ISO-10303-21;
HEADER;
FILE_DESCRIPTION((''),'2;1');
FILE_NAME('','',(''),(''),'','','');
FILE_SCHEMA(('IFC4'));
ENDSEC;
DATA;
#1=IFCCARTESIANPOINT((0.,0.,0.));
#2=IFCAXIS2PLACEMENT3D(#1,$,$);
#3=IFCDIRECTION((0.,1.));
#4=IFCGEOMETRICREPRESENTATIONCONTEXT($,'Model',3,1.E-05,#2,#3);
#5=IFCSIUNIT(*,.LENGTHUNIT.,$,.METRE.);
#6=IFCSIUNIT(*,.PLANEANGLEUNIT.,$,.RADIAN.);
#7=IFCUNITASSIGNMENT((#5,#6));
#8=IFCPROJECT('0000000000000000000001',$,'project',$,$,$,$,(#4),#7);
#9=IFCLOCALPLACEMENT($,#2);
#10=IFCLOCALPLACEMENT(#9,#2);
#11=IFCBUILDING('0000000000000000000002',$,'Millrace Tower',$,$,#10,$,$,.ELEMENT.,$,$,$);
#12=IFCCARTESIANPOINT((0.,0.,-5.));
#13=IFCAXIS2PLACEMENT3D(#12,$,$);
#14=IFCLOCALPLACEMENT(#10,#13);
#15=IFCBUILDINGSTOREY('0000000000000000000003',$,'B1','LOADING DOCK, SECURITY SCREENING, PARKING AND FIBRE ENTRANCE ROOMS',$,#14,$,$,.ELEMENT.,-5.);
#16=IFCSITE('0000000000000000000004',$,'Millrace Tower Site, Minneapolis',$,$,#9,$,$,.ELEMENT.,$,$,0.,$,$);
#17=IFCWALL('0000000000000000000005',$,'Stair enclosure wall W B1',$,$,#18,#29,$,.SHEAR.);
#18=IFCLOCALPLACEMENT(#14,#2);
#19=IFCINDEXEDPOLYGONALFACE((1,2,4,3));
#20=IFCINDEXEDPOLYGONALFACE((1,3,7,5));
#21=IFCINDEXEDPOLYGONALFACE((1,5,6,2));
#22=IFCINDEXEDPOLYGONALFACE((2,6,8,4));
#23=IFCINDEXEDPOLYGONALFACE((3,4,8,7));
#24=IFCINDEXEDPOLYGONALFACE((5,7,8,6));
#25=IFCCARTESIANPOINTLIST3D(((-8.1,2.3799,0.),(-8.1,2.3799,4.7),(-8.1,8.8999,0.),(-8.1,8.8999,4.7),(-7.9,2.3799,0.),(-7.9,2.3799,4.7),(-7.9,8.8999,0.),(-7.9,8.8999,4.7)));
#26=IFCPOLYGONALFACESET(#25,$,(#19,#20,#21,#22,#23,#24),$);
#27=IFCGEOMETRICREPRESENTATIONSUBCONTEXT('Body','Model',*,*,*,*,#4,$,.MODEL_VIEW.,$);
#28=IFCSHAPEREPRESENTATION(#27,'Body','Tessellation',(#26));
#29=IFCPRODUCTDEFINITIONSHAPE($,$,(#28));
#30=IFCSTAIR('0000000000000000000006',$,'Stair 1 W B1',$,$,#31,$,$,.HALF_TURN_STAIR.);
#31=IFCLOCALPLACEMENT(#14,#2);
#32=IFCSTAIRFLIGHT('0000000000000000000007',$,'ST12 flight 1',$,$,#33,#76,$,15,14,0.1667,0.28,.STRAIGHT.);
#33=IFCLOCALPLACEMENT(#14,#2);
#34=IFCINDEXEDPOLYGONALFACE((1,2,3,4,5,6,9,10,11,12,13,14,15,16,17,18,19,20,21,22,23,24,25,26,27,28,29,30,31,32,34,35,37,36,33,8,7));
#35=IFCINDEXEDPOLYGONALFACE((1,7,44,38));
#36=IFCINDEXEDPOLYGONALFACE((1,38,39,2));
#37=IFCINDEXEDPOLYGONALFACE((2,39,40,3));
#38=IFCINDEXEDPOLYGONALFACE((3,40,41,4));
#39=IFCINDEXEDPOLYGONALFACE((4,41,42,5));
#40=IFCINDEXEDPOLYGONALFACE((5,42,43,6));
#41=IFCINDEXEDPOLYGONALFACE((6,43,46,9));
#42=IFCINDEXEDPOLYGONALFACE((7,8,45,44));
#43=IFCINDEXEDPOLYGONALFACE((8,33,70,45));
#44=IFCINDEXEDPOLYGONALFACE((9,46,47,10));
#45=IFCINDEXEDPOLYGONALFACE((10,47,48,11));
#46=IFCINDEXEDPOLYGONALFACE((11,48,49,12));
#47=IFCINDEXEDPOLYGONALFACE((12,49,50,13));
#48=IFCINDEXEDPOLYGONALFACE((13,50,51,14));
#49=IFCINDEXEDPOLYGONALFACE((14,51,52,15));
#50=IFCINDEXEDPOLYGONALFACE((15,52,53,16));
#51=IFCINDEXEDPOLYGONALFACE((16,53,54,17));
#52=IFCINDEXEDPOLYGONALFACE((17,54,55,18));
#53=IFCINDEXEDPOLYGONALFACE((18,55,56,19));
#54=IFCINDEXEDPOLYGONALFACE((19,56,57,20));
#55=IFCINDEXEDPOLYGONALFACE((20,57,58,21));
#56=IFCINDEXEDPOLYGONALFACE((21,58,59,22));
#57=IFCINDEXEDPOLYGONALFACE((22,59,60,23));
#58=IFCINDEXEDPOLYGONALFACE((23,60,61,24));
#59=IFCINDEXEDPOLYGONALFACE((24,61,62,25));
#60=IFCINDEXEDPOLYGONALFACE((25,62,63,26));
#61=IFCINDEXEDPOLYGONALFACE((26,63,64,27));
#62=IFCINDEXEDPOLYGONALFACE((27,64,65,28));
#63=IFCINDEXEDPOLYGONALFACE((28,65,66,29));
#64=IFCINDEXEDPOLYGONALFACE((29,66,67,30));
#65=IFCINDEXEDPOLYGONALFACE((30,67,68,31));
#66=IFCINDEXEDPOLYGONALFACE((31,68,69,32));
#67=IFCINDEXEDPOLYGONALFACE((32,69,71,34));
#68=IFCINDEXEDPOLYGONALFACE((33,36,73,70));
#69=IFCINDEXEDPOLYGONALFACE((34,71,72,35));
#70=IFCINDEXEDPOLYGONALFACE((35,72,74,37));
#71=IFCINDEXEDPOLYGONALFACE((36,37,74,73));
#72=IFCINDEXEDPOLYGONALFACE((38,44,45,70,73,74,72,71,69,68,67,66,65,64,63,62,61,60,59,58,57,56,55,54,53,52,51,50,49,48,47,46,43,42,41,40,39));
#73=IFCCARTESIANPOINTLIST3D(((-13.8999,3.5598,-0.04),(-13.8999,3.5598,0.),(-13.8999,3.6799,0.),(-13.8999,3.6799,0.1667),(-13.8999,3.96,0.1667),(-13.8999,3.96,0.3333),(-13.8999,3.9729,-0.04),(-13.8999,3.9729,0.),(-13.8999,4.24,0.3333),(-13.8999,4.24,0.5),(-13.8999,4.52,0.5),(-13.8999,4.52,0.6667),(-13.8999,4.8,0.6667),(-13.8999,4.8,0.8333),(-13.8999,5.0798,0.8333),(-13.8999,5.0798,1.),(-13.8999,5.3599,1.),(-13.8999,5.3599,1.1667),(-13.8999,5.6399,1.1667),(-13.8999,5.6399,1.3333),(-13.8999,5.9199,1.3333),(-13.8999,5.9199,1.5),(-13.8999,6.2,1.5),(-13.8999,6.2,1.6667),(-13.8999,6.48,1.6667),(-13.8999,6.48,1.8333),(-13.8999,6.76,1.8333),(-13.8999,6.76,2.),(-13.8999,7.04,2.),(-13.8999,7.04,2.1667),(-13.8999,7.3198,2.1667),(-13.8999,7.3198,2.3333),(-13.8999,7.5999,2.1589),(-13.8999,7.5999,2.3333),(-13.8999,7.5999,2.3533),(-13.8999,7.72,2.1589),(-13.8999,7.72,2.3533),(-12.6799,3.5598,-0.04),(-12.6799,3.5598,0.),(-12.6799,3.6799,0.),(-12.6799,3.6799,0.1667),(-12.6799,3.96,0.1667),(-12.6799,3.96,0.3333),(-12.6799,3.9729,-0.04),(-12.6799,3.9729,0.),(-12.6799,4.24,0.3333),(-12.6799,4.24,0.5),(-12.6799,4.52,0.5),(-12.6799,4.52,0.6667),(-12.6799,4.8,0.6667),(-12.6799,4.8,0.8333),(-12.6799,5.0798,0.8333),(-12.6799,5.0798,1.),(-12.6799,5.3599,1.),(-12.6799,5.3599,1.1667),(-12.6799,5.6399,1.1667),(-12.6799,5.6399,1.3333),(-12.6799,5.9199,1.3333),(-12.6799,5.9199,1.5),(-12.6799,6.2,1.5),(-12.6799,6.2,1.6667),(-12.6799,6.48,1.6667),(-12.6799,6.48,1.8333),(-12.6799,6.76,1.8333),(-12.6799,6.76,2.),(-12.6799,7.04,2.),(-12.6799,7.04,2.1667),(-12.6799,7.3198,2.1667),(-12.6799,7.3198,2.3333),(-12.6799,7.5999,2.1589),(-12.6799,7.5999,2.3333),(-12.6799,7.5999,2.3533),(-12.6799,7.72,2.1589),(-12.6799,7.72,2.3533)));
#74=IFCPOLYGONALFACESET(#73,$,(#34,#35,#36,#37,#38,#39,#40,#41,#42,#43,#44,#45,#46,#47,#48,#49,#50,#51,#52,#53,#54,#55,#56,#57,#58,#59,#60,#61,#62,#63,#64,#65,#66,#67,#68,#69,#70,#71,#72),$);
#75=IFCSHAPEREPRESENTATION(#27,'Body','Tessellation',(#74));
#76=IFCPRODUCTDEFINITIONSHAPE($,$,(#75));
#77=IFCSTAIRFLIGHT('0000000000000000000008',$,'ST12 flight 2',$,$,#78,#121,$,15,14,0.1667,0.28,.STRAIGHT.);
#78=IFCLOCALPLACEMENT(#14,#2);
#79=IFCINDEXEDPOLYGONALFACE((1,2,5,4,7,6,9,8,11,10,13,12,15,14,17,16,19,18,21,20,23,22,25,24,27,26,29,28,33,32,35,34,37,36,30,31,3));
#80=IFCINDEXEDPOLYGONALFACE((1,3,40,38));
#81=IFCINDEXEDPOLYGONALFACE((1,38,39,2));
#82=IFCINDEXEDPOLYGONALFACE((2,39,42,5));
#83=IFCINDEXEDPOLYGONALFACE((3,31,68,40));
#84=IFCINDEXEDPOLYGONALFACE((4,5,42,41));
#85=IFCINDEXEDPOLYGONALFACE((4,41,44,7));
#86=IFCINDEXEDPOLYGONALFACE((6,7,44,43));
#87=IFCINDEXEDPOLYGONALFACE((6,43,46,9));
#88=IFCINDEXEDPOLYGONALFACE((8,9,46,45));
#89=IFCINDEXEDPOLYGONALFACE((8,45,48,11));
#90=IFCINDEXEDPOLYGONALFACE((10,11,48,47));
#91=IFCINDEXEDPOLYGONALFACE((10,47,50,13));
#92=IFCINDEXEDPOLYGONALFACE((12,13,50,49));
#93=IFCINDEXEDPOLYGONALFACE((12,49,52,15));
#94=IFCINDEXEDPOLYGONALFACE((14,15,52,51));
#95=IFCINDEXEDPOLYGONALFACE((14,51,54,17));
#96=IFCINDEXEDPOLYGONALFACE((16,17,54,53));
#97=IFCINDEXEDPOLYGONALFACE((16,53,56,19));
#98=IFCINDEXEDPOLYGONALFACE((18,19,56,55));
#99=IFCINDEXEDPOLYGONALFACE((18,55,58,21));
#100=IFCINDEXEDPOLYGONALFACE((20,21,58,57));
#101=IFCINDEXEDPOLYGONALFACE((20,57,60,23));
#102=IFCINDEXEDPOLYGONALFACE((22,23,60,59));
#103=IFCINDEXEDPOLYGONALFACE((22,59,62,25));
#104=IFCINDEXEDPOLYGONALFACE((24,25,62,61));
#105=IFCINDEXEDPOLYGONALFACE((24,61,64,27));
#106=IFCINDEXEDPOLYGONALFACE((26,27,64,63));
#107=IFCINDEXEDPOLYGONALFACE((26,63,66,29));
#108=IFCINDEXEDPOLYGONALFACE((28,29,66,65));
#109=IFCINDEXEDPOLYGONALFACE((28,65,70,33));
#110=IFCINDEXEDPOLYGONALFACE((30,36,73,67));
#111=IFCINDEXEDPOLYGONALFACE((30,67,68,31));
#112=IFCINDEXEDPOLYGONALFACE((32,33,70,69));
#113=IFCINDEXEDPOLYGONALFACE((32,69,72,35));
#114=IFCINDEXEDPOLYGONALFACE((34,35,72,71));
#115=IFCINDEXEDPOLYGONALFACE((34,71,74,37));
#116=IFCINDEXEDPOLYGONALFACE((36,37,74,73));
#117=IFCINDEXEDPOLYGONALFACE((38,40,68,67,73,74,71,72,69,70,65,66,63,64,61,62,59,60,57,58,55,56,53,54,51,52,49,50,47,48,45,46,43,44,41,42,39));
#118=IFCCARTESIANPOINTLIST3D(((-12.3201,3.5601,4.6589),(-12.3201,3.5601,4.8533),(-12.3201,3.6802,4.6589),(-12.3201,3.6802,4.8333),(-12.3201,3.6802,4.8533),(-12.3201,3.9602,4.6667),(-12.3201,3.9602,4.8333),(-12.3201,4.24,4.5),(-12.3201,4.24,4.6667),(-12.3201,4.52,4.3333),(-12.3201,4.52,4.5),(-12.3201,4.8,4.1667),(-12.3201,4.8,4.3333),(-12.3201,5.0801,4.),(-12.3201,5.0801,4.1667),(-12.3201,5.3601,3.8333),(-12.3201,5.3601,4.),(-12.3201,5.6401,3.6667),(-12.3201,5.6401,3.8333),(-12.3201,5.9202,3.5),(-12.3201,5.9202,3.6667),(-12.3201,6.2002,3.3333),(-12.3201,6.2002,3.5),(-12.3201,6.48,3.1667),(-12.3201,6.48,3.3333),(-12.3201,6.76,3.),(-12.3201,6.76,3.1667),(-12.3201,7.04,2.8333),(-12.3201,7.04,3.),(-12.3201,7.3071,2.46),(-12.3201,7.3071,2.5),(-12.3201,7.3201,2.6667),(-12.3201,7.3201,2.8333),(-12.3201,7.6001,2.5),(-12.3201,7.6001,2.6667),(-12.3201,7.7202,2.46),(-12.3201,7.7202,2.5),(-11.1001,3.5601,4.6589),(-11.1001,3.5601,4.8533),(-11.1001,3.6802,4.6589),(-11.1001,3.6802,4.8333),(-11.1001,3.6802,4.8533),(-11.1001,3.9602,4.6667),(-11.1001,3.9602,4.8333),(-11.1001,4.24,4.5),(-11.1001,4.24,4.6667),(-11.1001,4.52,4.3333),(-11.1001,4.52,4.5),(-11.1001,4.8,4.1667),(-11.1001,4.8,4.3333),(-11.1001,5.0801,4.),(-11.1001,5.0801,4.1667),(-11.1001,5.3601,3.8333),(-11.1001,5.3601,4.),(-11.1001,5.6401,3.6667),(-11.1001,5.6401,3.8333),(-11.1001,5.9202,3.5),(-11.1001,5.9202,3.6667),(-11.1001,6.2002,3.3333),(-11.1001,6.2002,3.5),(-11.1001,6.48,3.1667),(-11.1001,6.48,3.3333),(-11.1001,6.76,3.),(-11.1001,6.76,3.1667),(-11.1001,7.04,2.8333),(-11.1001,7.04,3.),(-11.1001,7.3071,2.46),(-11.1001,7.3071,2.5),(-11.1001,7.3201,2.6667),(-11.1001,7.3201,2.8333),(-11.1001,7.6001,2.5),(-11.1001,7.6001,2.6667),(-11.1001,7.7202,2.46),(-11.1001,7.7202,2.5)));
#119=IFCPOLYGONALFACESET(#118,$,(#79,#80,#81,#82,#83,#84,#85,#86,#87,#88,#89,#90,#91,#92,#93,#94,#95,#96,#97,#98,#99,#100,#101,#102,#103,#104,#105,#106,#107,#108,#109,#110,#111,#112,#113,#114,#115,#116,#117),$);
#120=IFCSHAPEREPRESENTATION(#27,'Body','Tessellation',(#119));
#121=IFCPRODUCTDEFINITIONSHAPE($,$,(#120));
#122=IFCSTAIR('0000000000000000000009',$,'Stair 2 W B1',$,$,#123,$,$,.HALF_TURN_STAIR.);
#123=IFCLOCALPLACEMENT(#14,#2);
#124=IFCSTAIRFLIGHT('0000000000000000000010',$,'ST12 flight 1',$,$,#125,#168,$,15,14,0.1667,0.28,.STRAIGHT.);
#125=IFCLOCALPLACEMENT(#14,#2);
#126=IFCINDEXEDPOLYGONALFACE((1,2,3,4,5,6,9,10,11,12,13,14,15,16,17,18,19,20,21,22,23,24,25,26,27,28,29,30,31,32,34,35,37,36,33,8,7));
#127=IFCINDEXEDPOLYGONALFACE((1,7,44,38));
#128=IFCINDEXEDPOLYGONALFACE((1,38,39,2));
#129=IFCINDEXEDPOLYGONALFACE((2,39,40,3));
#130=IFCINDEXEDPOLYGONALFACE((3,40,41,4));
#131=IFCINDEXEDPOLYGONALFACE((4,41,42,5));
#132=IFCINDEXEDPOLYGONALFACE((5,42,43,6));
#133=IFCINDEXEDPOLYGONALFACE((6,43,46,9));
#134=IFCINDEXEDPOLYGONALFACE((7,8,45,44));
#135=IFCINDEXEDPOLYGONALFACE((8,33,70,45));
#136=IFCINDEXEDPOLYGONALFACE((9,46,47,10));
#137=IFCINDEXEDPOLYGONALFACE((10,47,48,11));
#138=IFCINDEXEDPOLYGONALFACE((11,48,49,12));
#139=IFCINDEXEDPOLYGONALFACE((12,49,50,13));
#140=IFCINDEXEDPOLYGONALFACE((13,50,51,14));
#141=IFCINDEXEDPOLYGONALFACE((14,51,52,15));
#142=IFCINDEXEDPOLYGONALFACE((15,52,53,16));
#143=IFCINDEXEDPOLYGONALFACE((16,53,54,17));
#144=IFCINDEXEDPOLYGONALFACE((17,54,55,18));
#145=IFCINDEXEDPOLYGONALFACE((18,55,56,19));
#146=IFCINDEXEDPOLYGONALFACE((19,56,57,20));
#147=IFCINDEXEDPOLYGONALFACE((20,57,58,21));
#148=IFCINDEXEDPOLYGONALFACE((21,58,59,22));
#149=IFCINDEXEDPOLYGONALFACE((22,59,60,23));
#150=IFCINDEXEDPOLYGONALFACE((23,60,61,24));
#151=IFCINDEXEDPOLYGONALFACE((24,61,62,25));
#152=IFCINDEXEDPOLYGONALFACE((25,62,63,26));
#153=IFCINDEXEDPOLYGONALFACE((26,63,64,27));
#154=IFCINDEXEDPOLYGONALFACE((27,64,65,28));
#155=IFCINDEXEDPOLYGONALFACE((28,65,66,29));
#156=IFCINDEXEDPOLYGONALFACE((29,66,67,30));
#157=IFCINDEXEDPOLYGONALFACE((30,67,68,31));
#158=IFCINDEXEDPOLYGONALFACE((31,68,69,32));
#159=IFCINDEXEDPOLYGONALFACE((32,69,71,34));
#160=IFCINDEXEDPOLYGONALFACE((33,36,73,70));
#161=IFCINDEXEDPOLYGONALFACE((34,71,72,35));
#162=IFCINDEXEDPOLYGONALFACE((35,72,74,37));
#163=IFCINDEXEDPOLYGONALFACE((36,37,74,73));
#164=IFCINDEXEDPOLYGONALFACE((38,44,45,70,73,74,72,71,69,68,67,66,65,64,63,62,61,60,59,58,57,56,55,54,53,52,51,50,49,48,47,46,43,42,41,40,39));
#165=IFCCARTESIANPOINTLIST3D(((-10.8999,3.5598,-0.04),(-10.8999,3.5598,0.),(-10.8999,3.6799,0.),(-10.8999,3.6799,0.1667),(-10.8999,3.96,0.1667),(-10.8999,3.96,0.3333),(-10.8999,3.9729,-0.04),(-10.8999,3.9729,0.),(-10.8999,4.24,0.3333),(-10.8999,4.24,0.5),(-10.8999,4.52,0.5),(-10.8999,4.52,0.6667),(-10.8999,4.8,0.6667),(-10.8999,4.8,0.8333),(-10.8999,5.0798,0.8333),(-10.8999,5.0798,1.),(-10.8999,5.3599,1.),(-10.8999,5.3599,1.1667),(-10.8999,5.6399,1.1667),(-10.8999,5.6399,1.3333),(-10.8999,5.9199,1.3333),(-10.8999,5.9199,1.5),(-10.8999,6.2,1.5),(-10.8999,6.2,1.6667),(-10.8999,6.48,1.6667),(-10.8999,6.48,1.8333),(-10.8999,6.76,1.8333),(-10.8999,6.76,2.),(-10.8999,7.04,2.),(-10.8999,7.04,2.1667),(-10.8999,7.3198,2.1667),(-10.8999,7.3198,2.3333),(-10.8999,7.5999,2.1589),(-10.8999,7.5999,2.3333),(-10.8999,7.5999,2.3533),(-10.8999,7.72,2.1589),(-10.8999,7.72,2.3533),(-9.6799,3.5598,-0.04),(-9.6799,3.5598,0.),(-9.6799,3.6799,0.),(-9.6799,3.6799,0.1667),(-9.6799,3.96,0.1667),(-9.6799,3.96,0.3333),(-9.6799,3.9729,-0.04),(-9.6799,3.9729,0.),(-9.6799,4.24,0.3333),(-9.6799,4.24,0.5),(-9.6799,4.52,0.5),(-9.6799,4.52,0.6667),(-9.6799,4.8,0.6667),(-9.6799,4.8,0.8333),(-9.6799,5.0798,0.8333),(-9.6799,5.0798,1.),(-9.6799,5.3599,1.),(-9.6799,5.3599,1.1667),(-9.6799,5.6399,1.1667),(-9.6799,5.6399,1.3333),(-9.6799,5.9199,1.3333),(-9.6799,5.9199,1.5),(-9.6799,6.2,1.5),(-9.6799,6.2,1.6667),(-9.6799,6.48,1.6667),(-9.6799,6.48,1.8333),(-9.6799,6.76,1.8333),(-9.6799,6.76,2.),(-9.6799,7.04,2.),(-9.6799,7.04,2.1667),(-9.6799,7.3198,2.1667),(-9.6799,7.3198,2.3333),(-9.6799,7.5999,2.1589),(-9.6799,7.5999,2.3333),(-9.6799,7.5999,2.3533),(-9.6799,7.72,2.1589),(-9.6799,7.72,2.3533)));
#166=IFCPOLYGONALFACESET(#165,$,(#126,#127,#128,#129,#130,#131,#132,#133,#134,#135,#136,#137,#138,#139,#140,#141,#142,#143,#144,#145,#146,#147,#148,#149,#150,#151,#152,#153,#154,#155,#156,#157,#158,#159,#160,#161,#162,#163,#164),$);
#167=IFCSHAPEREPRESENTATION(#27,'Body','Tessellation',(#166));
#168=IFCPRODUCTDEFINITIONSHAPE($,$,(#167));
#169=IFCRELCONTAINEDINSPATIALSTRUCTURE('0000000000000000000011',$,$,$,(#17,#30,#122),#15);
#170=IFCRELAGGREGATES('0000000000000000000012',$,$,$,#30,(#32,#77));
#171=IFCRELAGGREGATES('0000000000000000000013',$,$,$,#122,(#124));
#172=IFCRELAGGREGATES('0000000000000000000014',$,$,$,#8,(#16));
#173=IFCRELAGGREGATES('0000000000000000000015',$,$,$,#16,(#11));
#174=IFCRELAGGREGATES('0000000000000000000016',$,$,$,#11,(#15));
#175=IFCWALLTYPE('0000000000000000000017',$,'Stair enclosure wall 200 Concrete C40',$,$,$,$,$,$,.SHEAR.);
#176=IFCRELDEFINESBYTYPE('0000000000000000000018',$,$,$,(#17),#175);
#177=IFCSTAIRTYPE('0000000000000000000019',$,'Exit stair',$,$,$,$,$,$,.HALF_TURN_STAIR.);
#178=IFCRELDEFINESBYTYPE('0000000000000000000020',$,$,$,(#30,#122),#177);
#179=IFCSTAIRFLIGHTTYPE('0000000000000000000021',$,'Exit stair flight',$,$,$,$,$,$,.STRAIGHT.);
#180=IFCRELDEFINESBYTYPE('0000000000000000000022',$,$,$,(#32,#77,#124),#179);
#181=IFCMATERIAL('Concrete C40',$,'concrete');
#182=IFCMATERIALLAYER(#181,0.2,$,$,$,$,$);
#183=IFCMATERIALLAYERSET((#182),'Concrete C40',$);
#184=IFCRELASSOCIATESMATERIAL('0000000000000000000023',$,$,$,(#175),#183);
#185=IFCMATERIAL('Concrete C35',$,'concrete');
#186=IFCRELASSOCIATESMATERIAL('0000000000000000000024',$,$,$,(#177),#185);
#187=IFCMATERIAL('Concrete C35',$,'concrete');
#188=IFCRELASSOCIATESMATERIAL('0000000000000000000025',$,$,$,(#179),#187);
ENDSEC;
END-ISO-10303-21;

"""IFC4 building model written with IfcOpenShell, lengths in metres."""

from ifc_helpers import new_model, si_unit, direction, frame, frame_2d, origin, place, context, subcontext, project, spatial, polyline, rectangle, outline, extrude, material, layer, layer_set, type_object, element, aggregate, save


model = new_model("IFC4")

# Units and contexts
model_context = context("Model", 3, precision=1e-05, world=origin(), true_north=direction((0.0, 1.0)))
body_context = subcontext(model_context, "Body", "Model", "MODEL_VIEW")
ifc_project = project(units=[si_unit("LENGTHUNIT", "METRE"), si_unit("PLANEANGLEUNIT", "RADIAN")], contexts=[model_context])

# Site, building, storey
site_placement = place(None, origin())
site = spatial("IfcSite", under=ifc_project, at=site_placement, Name="Millrace Tower Site, Minneapolis", CompositionType="ELEMENT", RefElevation=0.0)
building_placement = place(site_placement, origin())
building = spatial("IfcBuilding", under=site, at=building_placement, Name="Millrace Tower", CompositionType="ELEMENT")
storey_placement = place(building_placement, frame((0.0, 0.0, -5.0)))
storey = spatial("IfcBuildingStorey", under=building, at=storey_placement, Name="B1", Description="LOADING DOCK, SECURITY SCREENING, PARKING AND FIBRE ENTRANCE ROOMS", CompositionType="ELEMENT", Elevation=-5.0)

# Shared definitions
ifc_material_1 = material(Name="Concrete C40", Category="concrete")
ifc_layer_1 = layer(ifc_material_1, 0.2)
ifc_layer_set_1 = layer_set([ifc_layer_1], Name="Concrete C40")
wall_type_1 = type_object("IfcWallType", Name="Stair enclosure wall 200 Concrete C40", PredefinedType="SHEAR", material=ifc_layer_set_1)

# Wall
for number, where, z_axis, x_axis, name in (
    (1, (-8.0, 2.3799, 0.0), (0.0, 0.0, 1.0), (0.0, 1.0, 0.0), "Stair enclosure wall W B1"),
):
    element("IfcWall", number, at=place(storey_placement, frame(where, z_axis=z_axis, x_axis=x_axis)), inside=storey, type_object=wall_type_1, Name=name, PredefinedType="SHEAR", context=body_context, shape_type="SweptSolid", body=[
        extrude(rectangle(XDim=6.52, YDim=0.2, at=frame_2d((3.26, 0.0))), origin(), (0.0, 0.0, 1.0), 4.7),
    ])

# Stairs, stair flights
ifc_material_2 = material(Name="Concrete C35", Category="concrete")
stair_type = type_object("IfcStairType", Name="Exit stair", PredefinedType="HALF_TURN_STAIR", material=ifc_material_2)
placement_1 = place(storey_placement, origin())
stair_1 = element("IfcStair", 2, at=placement_1, inside=storey, type_object=stair_type, Name="Stair 1 W B1", PredefinedType="HALF_TURN_STAIR")
ifc_material_3 = material(Name="Concrete C35", Category="concrete")
stair_flight_type = type_object("IfcStairFlightType", Name="Exit stair flight", PredefinedType="STRAIGHT", material=ifc_material_3)
stair_flight_1_placement = place(storey_placement, frame((-13.29, 3.6799, 0.0), z_axis=(0.0, 0.0, 1.0), x_axis=(0.0, 1.0, 0.0)))
stair_flight_1 = element("IfcStairFlight", 3, at=stair_flight_1_placement, type_object=stair_flight_type, Name="ST12 flight 1", NumberOfRisers=15, NumberOfTreads=14, PredefinedType="STRAIGHT", RiserHeight=0.1667, TreadLength=0.28, context=body_context, shape_type="SweptSolid", body=[
    extrude(outline(polyline([(-0.1201, -0.04), (-0.1201, 0.0), (0.0, 0.0), (0.0, 0.1667), (0.28, 0.1667), (0.28, 0.3333), (0.5601, 0.3333), (0.5601, 0.5), (0.8401, 0.5), (0.8401, 0.6667), (1.1201, 0.6667), (1.1201, 0.8333), (1.3999, 0.8333), (1.3999, 1.0), (1.6799, 1.0), (1.6799, 1.1667), (1.96, 1.1667), (1.96, 1.3333), (2.24, 1.3333), (2.24, 1.5), (2.52, 1.5), (2.52, 1.6667), (2.8, 1.6667), (2.8, 1.8333), (3.0801, 1.8333), (3.0801, 2.0), (3.3601, 2.0), (3.3601, 2.1667), (3.6399, 2.1667), (3.6399, 2.3333), (3.9199, 2.3333), (3.9199, 2.3533), (4.04, 2.3533), (4.04, 2.1589), (3.9199, 2.1589), (0.293, 0.0), (0.293, -0.04), (-0.1201, -0.04)])), frame((0.0, 0.6099, 0.0), z_axis=(0.0, -1.0, 0.0), x_axis=(1.0, 0.0, 0.0)), (0.0, 0.0, 1.0), 1.22),
])
stair_flight_2_placement = place(storey_placement, frame((-11.71, 7.6001, 2.5), z_axis=(0.0, 0.0, 1.0), x_axis=(0.0, -1.0, 0.0)))
stair_flight_2 = element("IfcStairFlight", 4, at=stair_flight_2_placement, type_object=stair_flight_type, Name="ST12 flight 2", NumberOfRisers=15, NumberOfTreads=14, PredefinedType="STRAIGHT", RiserHeight=0.1667, TreadLength=0.28, context=body_context, shape_type="SweptSolid", body=[
    extrude(outline(polyline([(-0.1201, -0.04), (-0.1201, 0.0), (0.0, 0.0), (0.0, 0.1667), (0.28, 0.1667), (0.28, 0.3333), (0.5601, 0.3333), (0.5601, 0.5), (0.8401, 0.5), (0.8401, 0.6667), (1.1201, 0.6667), (1.1201, 0.8333), (1.3999, 0.8333), (1.3999, 1.0), (1.6799, 1.0), (1.6799, 1.1667), (1.96, 1.1667), (1.96, 1.3333), (2.24, 1.3333), (2.24, 1.5), (2.52, 1.5), (2.52, 1.6667), (2.8, 1.6667), (2.8, 1.8333), (3.0801, 1.8333), (3.0801, 2.0), (3.3601, 2.0), (3.3601, 2.1667), (3.6399, 2.1667), (3.6399, 2.3333), (3.9199, 2.3333), (3.9199, 2.3533), (4.04, 2.3533), (4.04, 2.1589), (3.9199, 2.1589), (0.293, 0.0), (0.293, -0.04), (-0.1201, -0.04)])), frame((0.0, 0.6099, 0.0), z_axis=(0.0, -1.0, 0.0), x_axis=(1.0, 0.0, 0.0)), (0.0, 0.0, 1.0), 1.22),
])
aggregate(stair_1, [stair_flight_1, stair_flight_2])
stair_2 = element("IfcStair", 5, at=placement_1, inside=storey, type_object=stair_type, Name="Stair 2 W B1", PredefinedType="HALF_TURN_STAIR")
stair_flight_3_placement = place(storey_placement, frame((-10.29, 3.6799, 0.0), z_axis=(0.0, 0.0, 1.0), x_axis=(0.0, 1.0, 0.0)))
stair_flight_3 = element("IfcStairFlight", 6, at=stair_flight_3_placement, type_object=stair_flight_type, Name="ST12 flight 1", NumberOfRisers=15, NumberOfTreads=14, PredefinedType="STRAIGHT", RiserHeight=0.1667, TreadLength=0.28, context=body_context, shape_type="SweptSolid", body=[
    extrude(outline(polyline([(-0.1201, -0.04), (-0.1201, 0.0), (0.0, 0.0), (0.0, 0.1667), (0.28, 0.1667), (0.28, 0.3333), (0.5601, 0.3333), (0.5601, 0.5), (0.8401, 0.5), (0.8401, 0.6667), (1.1201, 0.6667), (1.1201, 0.8333), (1.3999, 0.8333), (1.3999, 1.0), (1.6799, 1.0), (1.6799, 1.1667), (1.96, 1.1667), (1.96, 1.3333), (2.24, 1.3333), (2.24, 1.5), (2.52, 1.5), (2.52, 1.6667), (2.8, 1.6667), (2.8, 1.8333), (3.0801, 1.8333), (3.0801, 2.0), (3.3601, 2.0), (3.3601, 2.1667), (3.6399, 2.1667), (3.6399, 2.3333), (3.9199, 2.3333), (3.9199, 2.3533), (4.04, 2.3533), (4.04, 2.1589), (3.9199, 2.1589), (0.293, 0.0), (0.293, -0.04), (-0.1201, -0.04)])), frame((0.0, 0.6099, 0.0), z_axis=(0.0, -1.0, 0.0), x_axis=(1.0, 0.0, 0.0)), (0.0, 0.0, 1.0), 1.22),
])
aggregate(stair_2, [stair_flight_3])

save(model, "model.ifc")
